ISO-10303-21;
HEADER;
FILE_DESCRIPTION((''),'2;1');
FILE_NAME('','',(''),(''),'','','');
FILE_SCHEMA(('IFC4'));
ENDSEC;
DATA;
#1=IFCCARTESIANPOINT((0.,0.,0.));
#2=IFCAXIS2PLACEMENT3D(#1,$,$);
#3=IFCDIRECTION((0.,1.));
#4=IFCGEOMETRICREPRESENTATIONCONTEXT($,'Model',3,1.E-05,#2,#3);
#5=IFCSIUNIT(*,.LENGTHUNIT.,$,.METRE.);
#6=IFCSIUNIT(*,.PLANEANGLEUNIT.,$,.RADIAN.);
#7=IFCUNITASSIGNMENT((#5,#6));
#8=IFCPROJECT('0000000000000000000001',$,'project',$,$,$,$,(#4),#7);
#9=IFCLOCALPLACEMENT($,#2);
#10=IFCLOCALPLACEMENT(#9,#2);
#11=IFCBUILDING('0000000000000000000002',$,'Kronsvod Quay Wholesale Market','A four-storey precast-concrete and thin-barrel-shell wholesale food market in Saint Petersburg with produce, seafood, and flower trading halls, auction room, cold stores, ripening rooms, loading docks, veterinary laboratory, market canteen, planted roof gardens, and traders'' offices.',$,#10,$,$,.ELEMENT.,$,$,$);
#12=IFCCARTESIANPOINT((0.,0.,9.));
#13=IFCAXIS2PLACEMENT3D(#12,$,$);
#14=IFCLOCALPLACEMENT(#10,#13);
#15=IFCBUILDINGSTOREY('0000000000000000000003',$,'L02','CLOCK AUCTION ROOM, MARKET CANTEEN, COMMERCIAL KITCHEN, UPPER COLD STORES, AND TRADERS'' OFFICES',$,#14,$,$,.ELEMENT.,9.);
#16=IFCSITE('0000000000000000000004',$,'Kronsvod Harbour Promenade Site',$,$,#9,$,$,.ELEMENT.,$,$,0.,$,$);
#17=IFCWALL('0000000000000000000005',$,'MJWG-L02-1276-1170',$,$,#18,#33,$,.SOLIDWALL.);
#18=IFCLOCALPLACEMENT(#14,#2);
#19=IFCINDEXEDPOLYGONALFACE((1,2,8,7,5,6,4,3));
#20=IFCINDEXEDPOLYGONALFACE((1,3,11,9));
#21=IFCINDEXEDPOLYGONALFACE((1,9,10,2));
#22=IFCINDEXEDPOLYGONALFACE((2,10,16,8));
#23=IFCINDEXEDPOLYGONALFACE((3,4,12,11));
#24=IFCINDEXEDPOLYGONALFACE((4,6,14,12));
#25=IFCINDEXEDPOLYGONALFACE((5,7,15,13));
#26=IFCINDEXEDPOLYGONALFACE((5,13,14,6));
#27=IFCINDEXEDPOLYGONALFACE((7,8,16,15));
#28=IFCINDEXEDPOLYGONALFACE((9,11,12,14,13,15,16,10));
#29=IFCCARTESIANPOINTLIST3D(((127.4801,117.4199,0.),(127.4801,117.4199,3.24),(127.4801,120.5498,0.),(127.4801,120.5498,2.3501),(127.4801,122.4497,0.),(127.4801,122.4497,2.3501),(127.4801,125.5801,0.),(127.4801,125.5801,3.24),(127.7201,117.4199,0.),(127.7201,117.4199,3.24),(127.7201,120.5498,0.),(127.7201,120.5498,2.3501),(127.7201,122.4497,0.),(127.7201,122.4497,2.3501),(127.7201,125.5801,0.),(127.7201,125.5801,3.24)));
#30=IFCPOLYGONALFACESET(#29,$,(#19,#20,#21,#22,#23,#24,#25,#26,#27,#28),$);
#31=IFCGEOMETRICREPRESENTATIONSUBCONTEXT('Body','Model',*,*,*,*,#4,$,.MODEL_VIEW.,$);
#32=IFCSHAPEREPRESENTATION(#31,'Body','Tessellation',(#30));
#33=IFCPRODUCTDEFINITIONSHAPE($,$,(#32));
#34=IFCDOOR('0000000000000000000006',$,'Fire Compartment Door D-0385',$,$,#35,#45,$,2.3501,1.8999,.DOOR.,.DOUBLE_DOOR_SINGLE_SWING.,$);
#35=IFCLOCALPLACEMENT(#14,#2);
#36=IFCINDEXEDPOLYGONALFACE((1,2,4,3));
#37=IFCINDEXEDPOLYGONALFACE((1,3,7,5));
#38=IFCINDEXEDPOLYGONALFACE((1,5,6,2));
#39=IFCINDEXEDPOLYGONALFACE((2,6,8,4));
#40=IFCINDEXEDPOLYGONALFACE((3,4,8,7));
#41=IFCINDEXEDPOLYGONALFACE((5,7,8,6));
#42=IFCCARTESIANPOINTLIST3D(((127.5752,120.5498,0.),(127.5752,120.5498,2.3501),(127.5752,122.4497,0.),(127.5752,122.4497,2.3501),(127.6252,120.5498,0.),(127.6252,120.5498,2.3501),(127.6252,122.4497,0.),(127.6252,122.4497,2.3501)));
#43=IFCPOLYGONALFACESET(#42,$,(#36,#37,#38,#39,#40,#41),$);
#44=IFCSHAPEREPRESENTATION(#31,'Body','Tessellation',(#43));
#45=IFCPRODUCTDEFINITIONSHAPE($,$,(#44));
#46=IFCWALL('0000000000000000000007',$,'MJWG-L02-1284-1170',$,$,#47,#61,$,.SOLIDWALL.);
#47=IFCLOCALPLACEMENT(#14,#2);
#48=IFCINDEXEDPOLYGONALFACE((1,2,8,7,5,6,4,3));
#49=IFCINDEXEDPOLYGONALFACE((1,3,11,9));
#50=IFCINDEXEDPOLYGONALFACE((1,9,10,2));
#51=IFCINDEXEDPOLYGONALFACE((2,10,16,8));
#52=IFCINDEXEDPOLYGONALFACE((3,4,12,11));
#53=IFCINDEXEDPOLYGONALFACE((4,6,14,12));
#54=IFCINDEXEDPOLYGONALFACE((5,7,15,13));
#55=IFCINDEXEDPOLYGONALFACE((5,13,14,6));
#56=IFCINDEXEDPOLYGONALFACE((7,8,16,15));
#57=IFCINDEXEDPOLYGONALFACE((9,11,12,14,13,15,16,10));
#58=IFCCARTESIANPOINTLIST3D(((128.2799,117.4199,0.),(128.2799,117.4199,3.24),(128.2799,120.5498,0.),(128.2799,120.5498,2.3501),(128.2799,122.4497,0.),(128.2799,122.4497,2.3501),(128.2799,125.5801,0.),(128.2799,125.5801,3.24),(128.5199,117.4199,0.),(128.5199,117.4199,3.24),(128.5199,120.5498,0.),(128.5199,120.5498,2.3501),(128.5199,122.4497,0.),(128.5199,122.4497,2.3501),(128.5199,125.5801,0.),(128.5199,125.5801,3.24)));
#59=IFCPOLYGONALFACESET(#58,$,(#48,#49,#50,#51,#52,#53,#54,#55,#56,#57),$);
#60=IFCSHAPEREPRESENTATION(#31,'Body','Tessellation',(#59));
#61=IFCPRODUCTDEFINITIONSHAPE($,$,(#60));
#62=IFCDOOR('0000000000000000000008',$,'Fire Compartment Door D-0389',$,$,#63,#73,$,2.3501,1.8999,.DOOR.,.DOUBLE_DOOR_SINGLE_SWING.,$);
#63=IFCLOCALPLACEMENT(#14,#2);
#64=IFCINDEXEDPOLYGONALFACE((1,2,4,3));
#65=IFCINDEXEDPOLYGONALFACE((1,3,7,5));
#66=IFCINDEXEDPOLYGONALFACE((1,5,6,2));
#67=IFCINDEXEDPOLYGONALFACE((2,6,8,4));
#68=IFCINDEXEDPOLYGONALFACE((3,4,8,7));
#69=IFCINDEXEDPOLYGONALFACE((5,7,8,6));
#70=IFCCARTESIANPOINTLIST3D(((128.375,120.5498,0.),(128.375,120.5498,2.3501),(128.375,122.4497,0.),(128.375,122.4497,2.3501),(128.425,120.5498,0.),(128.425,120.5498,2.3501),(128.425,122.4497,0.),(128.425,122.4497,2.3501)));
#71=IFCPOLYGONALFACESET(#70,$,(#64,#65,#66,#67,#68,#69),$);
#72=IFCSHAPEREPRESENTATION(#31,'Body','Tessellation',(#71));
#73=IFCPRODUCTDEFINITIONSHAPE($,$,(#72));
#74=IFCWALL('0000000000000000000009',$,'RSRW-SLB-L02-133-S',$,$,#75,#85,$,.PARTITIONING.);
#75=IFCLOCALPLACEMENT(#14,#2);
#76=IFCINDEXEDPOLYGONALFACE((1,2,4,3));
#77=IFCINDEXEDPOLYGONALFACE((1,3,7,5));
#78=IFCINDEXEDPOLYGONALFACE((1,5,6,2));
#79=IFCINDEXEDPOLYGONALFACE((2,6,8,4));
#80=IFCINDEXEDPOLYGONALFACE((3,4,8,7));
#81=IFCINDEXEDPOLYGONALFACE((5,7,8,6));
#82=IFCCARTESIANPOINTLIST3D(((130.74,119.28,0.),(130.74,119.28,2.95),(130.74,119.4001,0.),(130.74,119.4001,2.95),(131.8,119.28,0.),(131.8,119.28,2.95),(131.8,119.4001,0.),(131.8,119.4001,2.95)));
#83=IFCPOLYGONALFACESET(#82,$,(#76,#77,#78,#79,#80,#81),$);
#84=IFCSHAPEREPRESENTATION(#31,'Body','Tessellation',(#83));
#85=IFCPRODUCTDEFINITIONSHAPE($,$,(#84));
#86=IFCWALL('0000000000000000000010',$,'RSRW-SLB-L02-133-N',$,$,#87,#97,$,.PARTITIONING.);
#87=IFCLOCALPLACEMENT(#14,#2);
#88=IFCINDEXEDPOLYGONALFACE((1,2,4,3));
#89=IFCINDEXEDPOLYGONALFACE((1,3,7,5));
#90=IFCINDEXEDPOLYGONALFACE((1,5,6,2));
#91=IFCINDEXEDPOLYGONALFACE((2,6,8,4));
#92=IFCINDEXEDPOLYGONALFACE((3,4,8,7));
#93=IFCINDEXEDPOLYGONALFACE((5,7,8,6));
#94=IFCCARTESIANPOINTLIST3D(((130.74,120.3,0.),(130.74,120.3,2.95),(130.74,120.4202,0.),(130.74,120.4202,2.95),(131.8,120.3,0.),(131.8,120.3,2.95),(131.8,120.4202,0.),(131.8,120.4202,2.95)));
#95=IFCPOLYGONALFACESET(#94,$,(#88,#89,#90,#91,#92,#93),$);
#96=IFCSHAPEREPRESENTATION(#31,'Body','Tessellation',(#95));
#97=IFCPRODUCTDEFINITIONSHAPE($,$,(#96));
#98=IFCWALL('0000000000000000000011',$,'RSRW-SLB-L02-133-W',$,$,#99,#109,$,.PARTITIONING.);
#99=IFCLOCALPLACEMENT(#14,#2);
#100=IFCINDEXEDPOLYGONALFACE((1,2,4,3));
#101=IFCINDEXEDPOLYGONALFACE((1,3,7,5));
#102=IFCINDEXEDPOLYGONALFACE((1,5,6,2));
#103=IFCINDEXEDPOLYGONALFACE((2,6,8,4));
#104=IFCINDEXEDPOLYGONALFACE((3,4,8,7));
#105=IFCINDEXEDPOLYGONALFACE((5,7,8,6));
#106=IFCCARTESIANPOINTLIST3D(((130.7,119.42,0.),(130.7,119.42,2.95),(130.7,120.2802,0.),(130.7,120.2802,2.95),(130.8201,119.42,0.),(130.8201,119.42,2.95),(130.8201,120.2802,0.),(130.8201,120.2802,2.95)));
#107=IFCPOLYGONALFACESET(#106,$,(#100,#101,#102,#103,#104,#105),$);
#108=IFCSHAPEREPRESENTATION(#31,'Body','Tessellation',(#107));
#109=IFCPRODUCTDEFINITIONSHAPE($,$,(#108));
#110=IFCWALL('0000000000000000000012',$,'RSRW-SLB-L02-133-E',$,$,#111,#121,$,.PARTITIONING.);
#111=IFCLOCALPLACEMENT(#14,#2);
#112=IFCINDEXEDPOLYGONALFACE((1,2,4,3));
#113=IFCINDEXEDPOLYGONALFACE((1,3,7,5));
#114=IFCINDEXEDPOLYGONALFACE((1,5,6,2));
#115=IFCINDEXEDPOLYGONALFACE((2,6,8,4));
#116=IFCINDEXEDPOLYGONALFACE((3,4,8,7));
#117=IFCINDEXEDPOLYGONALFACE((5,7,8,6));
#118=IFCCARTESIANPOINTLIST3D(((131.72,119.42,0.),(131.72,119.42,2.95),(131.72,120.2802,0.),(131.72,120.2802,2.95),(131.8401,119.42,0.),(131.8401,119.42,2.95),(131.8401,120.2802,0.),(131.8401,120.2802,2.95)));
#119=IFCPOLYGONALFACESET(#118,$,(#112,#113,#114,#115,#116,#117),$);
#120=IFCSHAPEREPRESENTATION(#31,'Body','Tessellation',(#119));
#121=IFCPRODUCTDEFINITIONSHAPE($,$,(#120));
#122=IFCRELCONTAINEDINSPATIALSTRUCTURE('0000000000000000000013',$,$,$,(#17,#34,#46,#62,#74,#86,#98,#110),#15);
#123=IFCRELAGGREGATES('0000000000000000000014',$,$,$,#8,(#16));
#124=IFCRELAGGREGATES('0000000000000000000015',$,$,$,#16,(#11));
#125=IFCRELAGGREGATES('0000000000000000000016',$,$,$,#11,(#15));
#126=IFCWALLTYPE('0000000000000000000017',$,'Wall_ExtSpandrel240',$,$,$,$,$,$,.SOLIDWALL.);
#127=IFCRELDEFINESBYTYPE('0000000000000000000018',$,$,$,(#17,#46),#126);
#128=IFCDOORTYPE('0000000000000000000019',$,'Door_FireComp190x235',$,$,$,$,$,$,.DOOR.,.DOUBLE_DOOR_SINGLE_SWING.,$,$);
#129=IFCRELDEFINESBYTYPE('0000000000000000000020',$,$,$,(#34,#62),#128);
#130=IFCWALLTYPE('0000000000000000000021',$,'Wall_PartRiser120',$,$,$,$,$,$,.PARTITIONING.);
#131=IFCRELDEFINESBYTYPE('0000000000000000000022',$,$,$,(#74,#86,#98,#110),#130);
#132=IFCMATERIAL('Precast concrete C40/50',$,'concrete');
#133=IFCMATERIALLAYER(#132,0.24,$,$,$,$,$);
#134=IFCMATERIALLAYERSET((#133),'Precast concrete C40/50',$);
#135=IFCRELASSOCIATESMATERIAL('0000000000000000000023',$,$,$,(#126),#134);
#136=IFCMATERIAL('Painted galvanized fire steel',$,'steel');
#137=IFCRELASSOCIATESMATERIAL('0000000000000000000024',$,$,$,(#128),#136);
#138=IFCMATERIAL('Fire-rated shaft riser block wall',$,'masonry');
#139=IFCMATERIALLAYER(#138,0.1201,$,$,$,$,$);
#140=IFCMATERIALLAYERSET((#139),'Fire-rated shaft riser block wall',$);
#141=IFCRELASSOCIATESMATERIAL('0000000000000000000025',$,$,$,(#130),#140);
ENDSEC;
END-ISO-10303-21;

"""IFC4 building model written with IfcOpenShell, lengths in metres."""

from ifc_helpers import new_model, si_unit, direction, frame, frame_2d, origin, place, context, subcontext, project, spatial, rectangle, extrude, material, layer, layer_set, type_object, element, fill, save


model = new_model("IFC4")

# Units and contexts
model_context = context("Model", 3, precision=1e-05, world=origin(), true_north=direction((0.0, 1.0)))
body_context = subcontext(model_context, "Body", "Model", "MODEL_VIEW")
ifc_project = project(units=[si_unit("LENGTHUNIT", "METRE"), si_unit("PLANEANGLEUNIT", "RADIAN")], contexts=[model_context])

# Site, building, storey
site_placement = place(None, origin())
site = spatial("IfcSite", under=ifc_project, at=site_placement, Name="Kronsvod Harbour Promenade Site", CompositionType="ELEMENT", RefElevation=0.0)
building_placement = place(site_placement, origin())
building = spatial("IfcBuilding", under=site, at=building_placement, Name="Kronsvod Quay Wholesale Market", Description="A four-storey precast-concrete and thin-barrel-shell wholesale food market in Saint Petersburg with produce, seafood, and flower trading halls, auction room, cold stores, ripening rooms, loading docks, veterinary laboratory, market canteen, planted roof gardens, and traders' offices.", CompositionType="ELEMENT")
storey_placement = place(building_placement, frame((0.0, 0.0, 9.0)))
storey = spatial("IfcBuildingStorey", under=building, at=storey_placement, Name="L02", Description="CLOCK AUCTION ROOM, MARKET CANTEEN, COMMERCIAL KITCHEN, UPPER COLD STORES, AND TRADERS' OFFICES", CompositionType="ELEMENT", Elevation=9.0)

# Walls, openings, doors
ifc_material_1 = material(Name="Precast concrete C40/50", Category="concrete")
ifc_layer_1 = layer(ifc_material_1, 0.24)
ifc_layer_set_1 = layer_set([ifc_layer_1], Name="Precast concrete C40/50")
wall_type_1 = type_object("IfcWallType", Name="Wall_ExtSpandrel240", PredefinedType="SOLIDWALL", material=ifc_layer_set_1)
wall_1_placement = place(storey_placement, frame((127.6001, 117.4199, 0.0), z_axis=(0.0, 0.0, 1.0), x_axis=(0.0, 1.0, 0.0)))
wall_1 = element("IfcWall", 1, at=wall_1_placement, inside=storey, type_object=wall_type_1, Name="MJWG-L02-1276-1170", PredefinedType="SOLIDWALL", context=body_context, shape_type="SweptSolid", body=[
    extrude(rectangle(XDim=8.1602, YDim=0.24, at=frame_2d((4.0801, 0.0))), origin(), (0.0, 0.0, 1.0), 3.24),
])
opening_1_placement = place(wall_1_placement, frame((3.1299, 0.0, 0.0)))
opening_1 = element("IfcOpeningElement", 2, at=opening_1_placement, cuts=wall_1, PredefinedType="OPENING", context=body_context, shape_type="SweptSolid", body=[
    extrude(rectangle(XDim=1.8999, YDim=2.3501, at=frame_2d((0.95, 1.175))), frame((0.0, 0.1299, 0.0), z_axis=(0.0, -1.0, 0.0), x_axis=(1.0, 0.0, 0.0)), (0.0, 0.0, 1.0), 0.26),
])
ifc_material_2 = material(Name="Painted galvanized fire steel", Category="steel")
door_type_1 = type_object("IfcDoorType", Name="Door_FireComp190x235", OperationType="DOUBLE_DOOR_SINGLE_SWING", PredefinedType="DOOR", material=ifc_material_2)
door_1_placement = place(opening_1_placement, origin())
door_1 = element("IfcDoor", 3, at=door_1_placement, inside=storey, type_object=door_type_1, Name="Fire Compartment Door D-0385", OperationType="DOUBLE_DOOR_SINGLE_SWING", OverallHeight=2.3501, OverallWidth=1.8999, PredefinedType="DOOR", context=body_context, shape_type="SweptSolid", body=[
    extrude(rectangle(XDim=1.8999, YDim=2.3501, at=frame_2d((0.95, 1.175))), frame((0.0, 0.0249, 0.0), z_axis=(0.0, -1.0, 0.0), x_axis=(1.0, 0.0, 0.0)), (0.0, 0.0, 1.0), 0.05),
])
fill(opening_1, door_1)
wall_2_placement = place(storey_placement, frame((128.3999, 117.4199, 0.0), z_axis=(0.0, 0.0, 1.0), x_axis=(0.0, 1.0, 0.0)))
wall_2 = element("IfcWall", 4, at=wall_2_placement, inside=storey, type_object=wall_type_1, Name="MJWG-L02-1284-1170", PredefinedType="SOLIDWALL", context=body_context, shape_type="SweptSolid", body=[
    extrude(rectangle(XDim=8.1602, YDim=0.24, at=frame_2d((4.0801, 0.0))), origin(), (0.0, 0.0, 1.0), 3.24),
])
opening_2_placement = place(wall_2_placement, frame((3.1299, 0.0, 0.0)))
opening_2 = element("IfcOpeningElement", 5, at=opening_2_placement, cuts=wall_2, PredefinedType="OPENING", context=body_context, shape_type="SweptSolid", body=[
    extrude(rectangle(XDim=1.8999, YDim=2.3501, at=frame_2d((0.95, 1.175))), frame((0.0, 0.1299, 0.0), z_axis=(0.0, -1.0, 0.0), x_axis=(1.0, 0.0, 0.0)), (0.0, 0.0, 1.0), 0.26),
])
door_2_placement = place(opening_2_placement, origin())
door_2 = element("IfcDoor", 6, at=door_2_placement, inside=storey, type_object=door_type_1, Name="Fire Compartment Door D-0389", OperationType="DOUBLE_DOOR_SINGLE_SWING", OverallHeight=2.3501, OverallWidth=1.8999, PredefinedType="DOOR", context=body_context, shape_type="SweptSolid", body=[
    extrude(rectangle(XDim=1.8999, YDim=2.3501, at=frame_2d((0.95, 1.175))), frame((0.0, 0.0249, 0.0), z_axis=(0.0, -1.0, 0.0), x_axis=(1.0, 0.0, 0.0)), (0.0, 0.0, 1.0), 0.05),
])
fill(opening_2, door_2)

# Walls
ifc_material_3 = material(Name="Fire-rated shaft riser block wall", Category="masonry")
ifc_layer_2 = layer(ifc_material_3, 0.1201)
ifc_layer_set_2 = layer_set([ifc_layer_2], Name="Fire-rated shaft riser block wall")
wall_type_2 = type_object("IfcWallType", Name="Wall_PartRiser120", PredefinedType="PARTITIONING", material=ifc_layer_set_2)
for number, where, z_axis, x_axis, name in (
    (7, (130.74, 119.3401, 0.0), (0.0, 0.0, 1.0), (1.0, 0.0, 0.0), "RSRW-SLB-L02-133-S"),
    (8, (130.74, 120.3601, 0.0), (0.0, 0.0, 1.0), (1.0, 0.0, 0.0), "RSRW-SLB-L02-133-N"),
):
    element("IfcWall", number, at=place(storey_placement, frame(where, z_axis=z_axis, x_axis=x_axis)), inside=storey, type_object=wall_type_2, Name=name, PredefinedType="PARTITIONING", context=body_context, shape_type="SweptSolid", body=[
        extrude(rectangle(XDim=1.0601, YDim=0.1201, at=frame_2d((0.53, 0.0))), origin(), (0.0, 0.0, 1.0), 2.95),
    ])
for number, where, z_axis, x_axis, name in (
    (9, (130.76, 119.4199, 0.0), (0.0, 0.0, 1.0), (0.0, 1.0, 0.0), "RSRW-SLB-L02-133-W"),
    (10, (131.78, 119.4199, 0.0), (0.0, 0.0, 1.0), (0.0, 1.0, 0.0), "RSRW-SLB-L02-133-E"),
):
    element("IfcWall", number, at=place(storey_placement, frame(where, z_axis=z_axis, x_axis=x_axis)), inside=storey, type_object=wall_type_2, Name=name, PredefinedType="PARTITIONING", context=body_context, shape_type="SweptSolid", body=[
        extrude(rectangle(XDim=0.8601, YDim=0.1201, at=frame_2d((0.4302, 0.0))), origin(), (0.0, 0.0, 1.0), 2.95),
    ])

save(model, "model.ifc")
